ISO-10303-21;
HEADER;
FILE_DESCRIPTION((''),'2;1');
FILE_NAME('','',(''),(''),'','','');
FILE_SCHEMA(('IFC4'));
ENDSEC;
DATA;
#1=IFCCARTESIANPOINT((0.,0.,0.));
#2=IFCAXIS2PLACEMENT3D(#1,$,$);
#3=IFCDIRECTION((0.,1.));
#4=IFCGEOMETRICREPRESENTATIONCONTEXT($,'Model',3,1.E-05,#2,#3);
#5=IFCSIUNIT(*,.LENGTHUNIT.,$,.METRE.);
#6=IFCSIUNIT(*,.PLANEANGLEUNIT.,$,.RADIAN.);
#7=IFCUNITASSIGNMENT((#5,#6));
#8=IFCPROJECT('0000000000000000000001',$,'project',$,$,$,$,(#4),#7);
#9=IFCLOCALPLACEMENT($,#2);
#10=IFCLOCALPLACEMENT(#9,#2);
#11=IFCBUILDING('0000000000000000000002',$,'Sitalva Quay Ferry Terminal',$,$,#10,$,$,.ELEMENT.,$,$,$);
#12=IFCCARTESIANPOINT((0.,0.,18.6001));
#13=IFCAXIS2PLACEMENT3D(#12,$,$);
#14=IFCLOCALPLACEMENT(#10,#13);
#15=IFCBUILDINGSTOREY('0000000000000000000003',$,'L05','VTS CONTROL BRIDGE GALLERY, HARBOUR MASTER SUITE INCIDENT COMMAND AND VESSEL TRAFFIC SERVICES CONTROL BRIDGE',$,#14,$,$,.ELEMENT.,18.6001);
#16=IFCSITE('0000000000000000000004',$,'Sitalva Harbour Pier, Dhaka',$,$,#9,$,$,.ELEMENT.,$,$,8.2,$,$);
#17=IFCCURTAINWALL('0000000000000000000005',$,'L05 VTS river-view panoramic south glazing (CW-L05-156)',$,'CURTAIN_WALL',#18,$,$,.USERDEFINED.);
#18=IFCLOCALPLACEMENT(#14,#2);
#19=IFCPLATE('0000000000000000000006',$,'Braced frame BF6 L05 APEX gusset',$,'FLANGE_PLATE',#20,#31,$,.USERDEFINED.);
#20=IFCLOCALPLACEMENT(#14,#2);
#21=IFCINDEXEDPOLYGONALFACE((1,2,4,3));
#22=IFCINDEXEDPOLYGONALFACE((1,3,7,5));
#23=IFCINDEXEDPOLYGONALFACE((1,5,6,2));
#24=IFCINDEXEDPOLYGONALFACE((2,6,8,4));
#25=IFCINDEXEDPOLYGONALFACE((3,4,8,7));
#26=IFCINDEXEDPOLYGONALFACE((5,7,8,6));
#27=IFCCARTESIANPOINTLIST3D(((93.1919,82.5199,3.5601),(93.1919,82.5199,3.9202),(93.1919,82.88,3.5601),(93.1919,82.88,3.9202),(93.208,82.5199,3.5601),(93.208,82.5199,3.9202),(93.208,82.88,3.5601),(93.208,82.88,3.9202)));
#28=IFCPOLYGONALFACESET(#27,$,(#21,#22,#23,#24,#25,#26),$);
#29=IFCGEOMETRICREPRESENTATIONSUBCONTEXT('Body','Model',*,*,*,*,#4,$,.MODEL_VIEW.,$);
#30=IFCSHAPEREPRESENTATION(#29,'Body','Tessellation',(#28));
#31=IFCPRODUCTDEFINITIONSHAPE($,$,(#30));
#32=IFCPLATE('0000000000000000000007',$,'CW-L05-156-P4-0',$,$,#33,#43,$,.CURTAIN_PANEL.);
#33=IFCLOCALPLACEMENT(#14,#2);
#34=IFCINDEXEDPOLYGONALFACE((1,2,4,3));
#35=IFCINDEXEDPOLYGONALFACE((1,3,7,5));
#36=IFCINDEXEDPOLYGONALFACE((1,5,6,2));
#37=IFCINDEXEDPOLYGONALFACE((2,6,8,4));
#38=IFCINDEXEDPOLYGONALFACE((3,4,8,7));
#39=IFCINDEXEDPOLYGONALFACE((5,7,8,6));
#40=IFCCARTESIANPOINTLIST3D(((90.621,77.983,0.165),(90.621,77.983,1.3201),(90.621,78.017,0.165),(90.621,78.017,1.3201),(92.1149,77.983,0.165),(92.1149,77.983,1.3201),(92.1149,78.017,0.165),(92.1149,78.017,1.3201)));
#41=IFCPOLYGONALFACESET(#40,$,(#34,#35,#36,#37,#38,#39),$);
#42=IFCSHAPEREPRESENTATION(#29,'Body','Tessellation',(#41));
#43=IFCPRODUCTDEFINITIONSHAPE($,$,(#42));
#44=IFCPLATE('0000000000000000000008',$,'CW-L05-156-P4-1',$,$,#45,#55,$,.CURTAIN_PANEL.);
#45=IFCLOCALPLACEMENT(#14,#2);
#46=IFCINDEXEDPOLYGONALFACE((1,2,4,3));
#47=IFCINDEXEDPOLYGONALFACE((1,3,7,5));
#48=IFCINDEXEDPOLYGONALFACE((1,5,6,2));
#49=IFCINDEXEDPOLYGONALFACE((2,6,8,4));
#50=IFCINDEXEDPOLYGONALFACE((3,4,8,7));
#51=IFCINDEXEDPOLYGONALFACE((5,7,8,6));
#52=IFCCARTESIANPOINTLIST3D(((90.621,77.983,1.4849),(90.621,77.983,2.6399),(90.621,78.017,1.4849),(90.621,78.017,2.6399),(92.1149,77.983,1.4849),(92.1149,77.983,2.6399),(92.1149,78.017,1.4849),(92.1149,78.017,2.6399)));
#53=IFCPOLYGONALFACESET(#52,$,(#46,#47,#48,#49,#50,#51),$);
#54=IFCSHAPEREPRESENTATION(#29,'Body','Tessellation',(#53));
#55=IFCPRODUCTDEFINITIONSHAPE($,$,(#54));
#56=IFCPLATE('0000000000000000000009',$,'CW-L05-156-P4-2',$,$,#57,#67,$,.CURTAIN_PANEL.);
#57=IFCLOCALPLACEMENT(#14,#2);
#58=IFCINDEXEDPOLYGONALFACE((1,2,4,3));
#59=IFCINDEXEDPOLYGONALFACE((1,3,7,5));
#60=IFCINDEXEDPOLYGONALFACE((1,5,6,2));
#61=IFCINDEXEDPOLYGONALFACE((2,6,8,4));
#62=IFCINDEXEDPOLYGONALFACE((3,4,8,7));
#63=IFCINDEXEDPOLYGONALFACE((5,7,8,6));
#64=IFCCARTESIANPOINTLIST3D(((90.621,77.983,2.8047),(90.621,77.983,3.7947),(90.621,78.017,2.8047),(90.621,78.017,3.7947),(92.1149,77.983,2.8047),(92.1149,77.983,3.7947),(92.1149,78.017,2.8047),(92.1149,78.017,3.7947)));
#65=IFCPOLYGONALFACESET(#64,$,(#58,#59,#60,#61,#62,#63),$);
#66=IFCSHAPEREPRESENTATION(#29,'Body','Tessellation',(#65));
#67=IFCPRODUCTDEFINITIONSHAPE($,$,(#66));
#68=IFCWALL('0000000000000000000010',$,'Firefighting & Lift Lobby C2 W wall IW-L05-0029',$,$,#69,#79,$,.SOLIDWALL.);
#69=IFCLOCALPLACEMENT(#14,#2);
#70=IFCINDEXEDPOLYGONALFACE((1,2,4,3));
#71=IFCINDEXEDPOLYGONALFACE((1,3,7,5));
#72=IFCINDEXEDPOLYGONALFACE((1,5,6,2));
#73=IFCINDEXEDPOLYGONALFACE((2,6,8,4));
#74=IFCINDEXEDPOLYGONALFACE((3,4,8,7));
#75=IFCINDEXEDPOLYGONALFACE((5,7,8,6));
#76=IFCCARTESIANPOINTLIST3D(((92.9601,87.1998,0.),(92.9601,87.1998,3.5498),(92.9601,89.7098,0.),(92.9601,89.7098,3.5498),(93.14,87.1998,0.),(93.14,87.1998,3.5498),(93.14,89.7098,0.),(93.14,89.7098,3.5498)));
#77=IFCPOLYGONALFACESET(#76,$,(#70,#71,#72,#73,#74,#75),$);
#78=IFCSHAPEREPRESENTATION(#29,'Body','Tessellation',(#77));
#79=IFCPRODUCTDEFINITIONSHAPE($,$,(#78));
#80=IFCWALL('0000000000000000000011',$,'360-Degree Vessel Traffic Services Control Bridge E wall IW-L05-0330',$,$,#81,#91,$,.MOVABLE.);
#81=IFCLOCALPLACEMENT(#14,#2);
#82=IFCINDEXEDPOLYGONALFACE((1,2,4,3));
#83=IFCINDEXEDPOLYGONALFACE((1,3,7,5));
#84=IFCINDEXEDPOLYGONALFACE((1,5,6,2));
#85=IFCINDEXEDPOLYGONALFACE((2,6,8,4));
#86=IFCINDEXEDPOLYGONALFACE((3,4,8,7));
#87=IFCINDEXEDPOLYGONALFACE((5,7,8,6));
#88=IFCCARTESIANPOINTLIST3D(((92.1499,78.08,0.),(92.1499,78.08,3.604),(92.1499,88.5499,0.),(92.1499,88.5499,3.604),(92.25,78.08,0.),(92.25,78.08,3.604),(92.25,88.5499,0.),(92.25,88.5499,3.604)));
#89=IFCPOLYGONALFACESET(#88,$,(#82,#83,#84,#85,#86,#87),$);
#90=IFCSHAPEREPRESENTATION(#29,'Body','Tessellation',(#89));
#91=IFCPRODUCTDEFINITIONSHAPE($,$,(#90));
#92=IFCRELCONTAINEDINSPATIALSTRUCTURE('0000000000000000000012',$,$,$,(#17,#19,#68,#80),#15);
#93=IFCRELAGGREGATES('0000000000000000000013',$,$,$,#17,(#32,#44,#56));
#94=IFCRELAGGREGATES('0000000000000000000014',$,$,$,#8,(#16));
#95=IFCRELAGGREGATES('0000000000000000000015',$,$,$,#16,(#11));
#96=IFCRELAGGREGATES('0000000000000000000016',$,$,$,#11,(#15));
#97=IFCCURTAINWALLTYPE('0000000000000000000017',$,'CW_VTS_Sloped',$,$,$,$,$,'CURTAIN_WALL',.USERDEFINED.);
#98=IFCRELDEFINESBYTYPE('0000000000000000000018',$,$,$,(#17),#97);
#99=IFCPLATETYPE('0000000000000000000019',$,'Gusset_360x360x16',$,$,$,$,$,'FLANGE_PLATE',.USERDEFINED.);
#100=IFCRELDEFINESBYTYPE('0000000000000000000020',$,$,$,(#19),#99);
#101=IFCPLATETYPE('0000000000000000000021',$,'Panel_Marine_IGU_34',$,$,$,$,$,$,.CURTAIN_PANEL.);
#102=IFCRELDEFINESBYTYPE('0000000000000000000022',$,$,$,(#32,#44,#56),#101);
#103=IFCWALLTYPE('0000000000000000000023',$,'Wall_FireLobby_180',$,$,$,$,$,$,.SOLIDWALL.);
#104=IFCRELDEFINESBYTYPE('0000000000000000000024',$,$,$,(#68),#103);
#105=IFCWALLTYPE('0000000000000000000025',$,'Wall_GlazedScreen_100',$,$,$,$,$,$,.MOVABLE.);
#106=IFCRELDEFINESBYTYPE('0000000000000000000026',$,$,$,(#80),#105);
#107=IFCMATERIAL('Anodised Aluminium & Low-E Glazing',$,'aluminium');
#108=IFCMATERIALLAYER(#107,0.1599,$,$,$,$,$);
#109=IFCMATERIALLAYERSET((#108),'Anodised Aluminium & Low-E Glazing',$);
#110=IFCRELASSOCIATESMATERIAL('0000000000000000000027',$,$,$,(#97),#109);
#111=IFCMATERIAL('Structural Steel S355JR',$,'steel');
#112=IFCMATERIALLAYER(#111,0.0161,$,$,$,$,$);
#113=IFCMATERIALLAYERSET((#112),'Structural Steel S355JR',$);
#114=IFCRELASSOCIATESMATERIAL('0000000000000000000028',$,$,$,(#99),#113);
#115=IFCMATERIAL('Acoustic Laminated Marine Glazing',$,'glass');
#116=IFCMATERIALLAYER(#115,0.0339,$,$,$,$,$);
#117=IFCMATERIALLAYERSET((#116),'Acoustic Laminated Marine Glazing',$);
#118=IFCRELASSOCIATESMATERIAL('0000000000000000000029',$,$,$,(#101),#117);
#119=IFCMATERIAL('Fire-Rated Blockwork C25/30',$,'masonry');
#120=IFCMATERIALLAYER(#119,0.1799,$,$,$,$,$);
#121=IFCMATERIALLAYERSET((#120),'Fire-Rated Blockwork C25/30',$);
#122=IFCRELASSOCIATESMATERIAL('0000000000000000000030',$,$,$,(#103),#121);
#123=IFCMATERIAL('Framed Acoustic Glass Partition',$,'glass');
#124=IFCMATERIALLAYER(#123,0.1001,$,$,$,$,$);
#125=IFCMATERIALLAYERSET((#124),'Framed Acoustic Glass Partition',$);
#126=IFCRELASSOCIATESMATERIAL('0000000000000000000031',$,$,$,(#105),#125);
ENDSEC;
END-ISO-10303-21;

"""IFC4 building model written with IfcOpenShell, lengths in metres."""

from ifc_helpers import new_model, si_unit, direction, frame, frame_2d, origin, origin_2d, place, context, subcontext, project, spatial, rectangle, extrude, material, layer, layer_set, type_object, element, aggregate, save


model = new_model("IFC4")

# Units and contexts
model_context = context("Model", 3, precision=1e-05, world=origin(), true_north=direction((0.0, 1.0)))
body_context = subcontext(model_context, "Body", "Model", "MODEL_VIEW")
ifc_project = project(units=[si_unit("LENGTHUNIT", "METRE"), si_unit("PLANEANGLEUNIT", "RADIAN")], contexts=[model_context])

# Site, building, storey
site_placement = place(None, origin())
site = spatial("IfcSite", under=ifc_project, at=site_placement, Name="Sitalva Harbour Pier, Dhaka", CompositionType="ELEMENT", RefElevation=8.2)
building_placement = place(site_placement, origin())
building = spatial("IfcBuilding", under=site, at=building_placement, Name="Sitalva Quay Ferry Terminal", CompositionType="ELEMENT")
storey_placement = place(building_placement, frame((0.0, 0.0, 18.6001)))
storey = spatial("IfcBuildingStorey", under=building, at=storey_placement, Name="L05", Description="VTS CONTROL BRIDGE GALLERY, HARBOUR MASTER SUITE INCIDENT COMMAND AND VESSEL TRAFFIC SERVICES CONTROL BRIDGE", CompositionType="ELEMENT", Elevation=18.6001)

# Curtain wall
ifc_material_1 = material(Name="Anodised Aluminium & Low-E Glazing", Category="aluminium")
ifc_layer_1 = layer(ifc_material_1, 0.1599)
ifc_layer_set_1 = layer_set([ifc_layer_1], Name="Anodised Aluminium & Low-E Glazing")
curtain_wall_type = type_object("IfcCurtainWallType", Name="CW_VTS_Sloped", ElementType="CURTAIN_WALL", PredefinedType="USERDEFINED", material=ifc_layer_set_1)
curtain_wall_1_placement = place(storey_placement, origin())
curtain_wall_1 = element("IfcCurtainWall", 1, at=curtain_wall_1_placement, inside=storey, type_object=curtain_wall_type, Name="L05 VTS river-view panoramic south glazing (CW-L05-156)", ObjectType="CURTAIN_WALL", PredefinedType="USERDEFINED")

# Plates
ifc_material_2 = material(Name="Structural Steel S355JR", Category="steel")
ifc_layer_2 = layer(ifc_material_2, 0.0161)
ifc_layer_set_2 = layer_set([ifc_layer_2], Name="Structural Steel S355JR")
plate_type_1 = type_object("IfcPlateType", Name="Gusset_360x360x16", ElementType="FLANGE_PLATE", PredefinedType="USERDEFINED", material=ifc_layer_set_2)
plate_1_placement = place(storey_placement, frame((93.2, 82.7, 3.5601), z_axis=(0.0, 0.0, 1.0), x_axis=(1.0, 0.0, 0.0)))
element("IfcPlate", 2, at=plate_1_placement, inside=storey, type_object=plate_type_1, Name="Braced frame BF6 L05 APEX gusset", ObjectType="FLANGE_PLATE", PredefinedType="USERDEFINED", context=body_context, shape_type="SweptSolid", body=[
    extrude(rectangle(XDim=0.0161, YDim=0.3601, at=origin_2d()), origin(), (0.0, 0.0, 1.0), 0.3601),
])
ifc_material_3 = material(Name="Acoustic Laminated Marine Glazing", Category="glass")
ifc_layer_3 = layer(ifc_material_3, 0.0339)
ifc_layer_set_3 = layer_set([ifc_layer_3], Name="Acoustic Laminated Marine Glazing")
plate_type_2 = type_object("IfcPlateType", Name="Panel_Marine_IGU_34", PredefinedType="CURTAIN_PANEL", material=ifc_layer_set_3)
plate_2_placement = place(storey_placement, frame((91.3679, 78.0, 0.165), z_axis=(0.0, 0.0, 1.0), x_axis=(1.0, 0.0, 0.0)))
plate_2 = element("IfcPlate", 3, at=plate_2_placement, type_object=plate_type_2, Name="CW-L05-156-P4-0", PredefinedType="CURTAIN_PANEL", context=body_context, shape_type="SweptSolid", body=[
    extrude(rectangle(XDim=1.4939, YDim=0.0339, at=origin_2d()), origin(), (0.0, 0.0, 1.0), 1.155),
])
plate_3_placement = place(storey_placement, frame((91.3679, 78.0, 1.4849), z_axis=(0.0, 0.0, 1.0), x_axis=(1.0, 0.0, 0.0)))
plate_3 = element("IfcPlate", 4, at=plate_3_placement, type_object=plate_type_2, Name="CW-L05-156-P4-1", PredefinedType="CURTAIN_PANEL", context=body_context, shape_type="SweptSolid", body=[
    extrude(rectangle(XDim=1.4939, YDim=0.0339, at=origin_2d()), origin(), (0.0, 0.0, 1.0), 1.155),
])
plate_4_placement = place(storey_placement, frame((91.3679, 78.0, 2.8047), z_axis=(0.0, 0.0, 1.0), x_axis=(1.0, 0.0, 0.0)))
plate_4 = element("IfcPlate", 5, at=plate_4_placement, type_object=plate_type_2, Name="CW-L05-156-P4-2", PredefinedType="CURTAIN_PANEL", context=body_context, shape_type="SweptSolid", body=[
    extrude(rectangle(XDim=1.4939, YDim=0.0339, at=origin_2d()), origin(), (0.0, 0.0, 1.0), 0.99),
])
aggregate(curtain_wall_1, [plate_2, plate_3, plate_4])

# Walls
ifc_material_4 = material(Name="Fire-Rated Blockwork C25/30", Category="masonry")
ifc_layer_4 = layer(ifc_material_4, 0.1799)
ifc_layer_set_4 = layer_set([ifc_layer_4], Name="Fire-Rated Blockwork C25/30")
wall_type_1 = type_object("IfcWallType", Name="Wall_FireLobby_180", PredefinedType="SOLIDWALL", material=ifc_layer_set_4)
wall_1_placement = place(storey_placement, frame((93.05, 87.2, 0.0), z_axis=(0.0, 0.0, 1.0), x_axis=(0.0, 1.0, 0.0)))
element("IfcWall", 6, at=wall_1_placement, inside=storey, type_object=wall_type_1, Name="Firefighting & Lift Lobby C2 W wall IW-L05-0029", PredefinedType="SOLIDWALL", context=body_context, shape_type="SweptSolid", body=[
    extrude(rectangle(XDim=2.51, YDim=0.1799, at=frame_2d((1.2549, 0.0))), origin(), (0.0, 0.0, 1.0), 3.5498),
])
ifc_material_5 = material(Name="Framed Acoustic Glass Partition", Category="glass")
ifc_layer_5 = layer(ifc_material_5, 0.1001)
ifc_layer_set_5 = layer_set([ifc_layer_5], Name="Framed Acoustic Glass Partition")
wall_type_2 = type_object("IfcWallType", Name="Wall_GlazedScreen_100", PredefinedType="MOVABLE", material=ifc_layer_set_5)
wall_2_placement = place(storey_placement, frame((92.2, 78.0801, 0.0), z_axis=(0.0, 0.0, 1.0), x_axis=(0.0, 1.0, 0.0)))
element("IfcWall", 7, at=wall_2_placement, inside=storey, type_object=wall_type_2, Name="360-Degree Vessel Traffic Services Control Bridge E wall IW-L05-0330", PredefinedType="MOVABLE", context=body_context, shape_type="SweptSolid", body=[
    extrude(rectangle(XDim=10.47, YDim=0.1001, at=frame_2d((5.2349, 0.0))), origin(), (0.0, 0.0, 1.0), 3.604),
])

save(model, "model.ifc")
